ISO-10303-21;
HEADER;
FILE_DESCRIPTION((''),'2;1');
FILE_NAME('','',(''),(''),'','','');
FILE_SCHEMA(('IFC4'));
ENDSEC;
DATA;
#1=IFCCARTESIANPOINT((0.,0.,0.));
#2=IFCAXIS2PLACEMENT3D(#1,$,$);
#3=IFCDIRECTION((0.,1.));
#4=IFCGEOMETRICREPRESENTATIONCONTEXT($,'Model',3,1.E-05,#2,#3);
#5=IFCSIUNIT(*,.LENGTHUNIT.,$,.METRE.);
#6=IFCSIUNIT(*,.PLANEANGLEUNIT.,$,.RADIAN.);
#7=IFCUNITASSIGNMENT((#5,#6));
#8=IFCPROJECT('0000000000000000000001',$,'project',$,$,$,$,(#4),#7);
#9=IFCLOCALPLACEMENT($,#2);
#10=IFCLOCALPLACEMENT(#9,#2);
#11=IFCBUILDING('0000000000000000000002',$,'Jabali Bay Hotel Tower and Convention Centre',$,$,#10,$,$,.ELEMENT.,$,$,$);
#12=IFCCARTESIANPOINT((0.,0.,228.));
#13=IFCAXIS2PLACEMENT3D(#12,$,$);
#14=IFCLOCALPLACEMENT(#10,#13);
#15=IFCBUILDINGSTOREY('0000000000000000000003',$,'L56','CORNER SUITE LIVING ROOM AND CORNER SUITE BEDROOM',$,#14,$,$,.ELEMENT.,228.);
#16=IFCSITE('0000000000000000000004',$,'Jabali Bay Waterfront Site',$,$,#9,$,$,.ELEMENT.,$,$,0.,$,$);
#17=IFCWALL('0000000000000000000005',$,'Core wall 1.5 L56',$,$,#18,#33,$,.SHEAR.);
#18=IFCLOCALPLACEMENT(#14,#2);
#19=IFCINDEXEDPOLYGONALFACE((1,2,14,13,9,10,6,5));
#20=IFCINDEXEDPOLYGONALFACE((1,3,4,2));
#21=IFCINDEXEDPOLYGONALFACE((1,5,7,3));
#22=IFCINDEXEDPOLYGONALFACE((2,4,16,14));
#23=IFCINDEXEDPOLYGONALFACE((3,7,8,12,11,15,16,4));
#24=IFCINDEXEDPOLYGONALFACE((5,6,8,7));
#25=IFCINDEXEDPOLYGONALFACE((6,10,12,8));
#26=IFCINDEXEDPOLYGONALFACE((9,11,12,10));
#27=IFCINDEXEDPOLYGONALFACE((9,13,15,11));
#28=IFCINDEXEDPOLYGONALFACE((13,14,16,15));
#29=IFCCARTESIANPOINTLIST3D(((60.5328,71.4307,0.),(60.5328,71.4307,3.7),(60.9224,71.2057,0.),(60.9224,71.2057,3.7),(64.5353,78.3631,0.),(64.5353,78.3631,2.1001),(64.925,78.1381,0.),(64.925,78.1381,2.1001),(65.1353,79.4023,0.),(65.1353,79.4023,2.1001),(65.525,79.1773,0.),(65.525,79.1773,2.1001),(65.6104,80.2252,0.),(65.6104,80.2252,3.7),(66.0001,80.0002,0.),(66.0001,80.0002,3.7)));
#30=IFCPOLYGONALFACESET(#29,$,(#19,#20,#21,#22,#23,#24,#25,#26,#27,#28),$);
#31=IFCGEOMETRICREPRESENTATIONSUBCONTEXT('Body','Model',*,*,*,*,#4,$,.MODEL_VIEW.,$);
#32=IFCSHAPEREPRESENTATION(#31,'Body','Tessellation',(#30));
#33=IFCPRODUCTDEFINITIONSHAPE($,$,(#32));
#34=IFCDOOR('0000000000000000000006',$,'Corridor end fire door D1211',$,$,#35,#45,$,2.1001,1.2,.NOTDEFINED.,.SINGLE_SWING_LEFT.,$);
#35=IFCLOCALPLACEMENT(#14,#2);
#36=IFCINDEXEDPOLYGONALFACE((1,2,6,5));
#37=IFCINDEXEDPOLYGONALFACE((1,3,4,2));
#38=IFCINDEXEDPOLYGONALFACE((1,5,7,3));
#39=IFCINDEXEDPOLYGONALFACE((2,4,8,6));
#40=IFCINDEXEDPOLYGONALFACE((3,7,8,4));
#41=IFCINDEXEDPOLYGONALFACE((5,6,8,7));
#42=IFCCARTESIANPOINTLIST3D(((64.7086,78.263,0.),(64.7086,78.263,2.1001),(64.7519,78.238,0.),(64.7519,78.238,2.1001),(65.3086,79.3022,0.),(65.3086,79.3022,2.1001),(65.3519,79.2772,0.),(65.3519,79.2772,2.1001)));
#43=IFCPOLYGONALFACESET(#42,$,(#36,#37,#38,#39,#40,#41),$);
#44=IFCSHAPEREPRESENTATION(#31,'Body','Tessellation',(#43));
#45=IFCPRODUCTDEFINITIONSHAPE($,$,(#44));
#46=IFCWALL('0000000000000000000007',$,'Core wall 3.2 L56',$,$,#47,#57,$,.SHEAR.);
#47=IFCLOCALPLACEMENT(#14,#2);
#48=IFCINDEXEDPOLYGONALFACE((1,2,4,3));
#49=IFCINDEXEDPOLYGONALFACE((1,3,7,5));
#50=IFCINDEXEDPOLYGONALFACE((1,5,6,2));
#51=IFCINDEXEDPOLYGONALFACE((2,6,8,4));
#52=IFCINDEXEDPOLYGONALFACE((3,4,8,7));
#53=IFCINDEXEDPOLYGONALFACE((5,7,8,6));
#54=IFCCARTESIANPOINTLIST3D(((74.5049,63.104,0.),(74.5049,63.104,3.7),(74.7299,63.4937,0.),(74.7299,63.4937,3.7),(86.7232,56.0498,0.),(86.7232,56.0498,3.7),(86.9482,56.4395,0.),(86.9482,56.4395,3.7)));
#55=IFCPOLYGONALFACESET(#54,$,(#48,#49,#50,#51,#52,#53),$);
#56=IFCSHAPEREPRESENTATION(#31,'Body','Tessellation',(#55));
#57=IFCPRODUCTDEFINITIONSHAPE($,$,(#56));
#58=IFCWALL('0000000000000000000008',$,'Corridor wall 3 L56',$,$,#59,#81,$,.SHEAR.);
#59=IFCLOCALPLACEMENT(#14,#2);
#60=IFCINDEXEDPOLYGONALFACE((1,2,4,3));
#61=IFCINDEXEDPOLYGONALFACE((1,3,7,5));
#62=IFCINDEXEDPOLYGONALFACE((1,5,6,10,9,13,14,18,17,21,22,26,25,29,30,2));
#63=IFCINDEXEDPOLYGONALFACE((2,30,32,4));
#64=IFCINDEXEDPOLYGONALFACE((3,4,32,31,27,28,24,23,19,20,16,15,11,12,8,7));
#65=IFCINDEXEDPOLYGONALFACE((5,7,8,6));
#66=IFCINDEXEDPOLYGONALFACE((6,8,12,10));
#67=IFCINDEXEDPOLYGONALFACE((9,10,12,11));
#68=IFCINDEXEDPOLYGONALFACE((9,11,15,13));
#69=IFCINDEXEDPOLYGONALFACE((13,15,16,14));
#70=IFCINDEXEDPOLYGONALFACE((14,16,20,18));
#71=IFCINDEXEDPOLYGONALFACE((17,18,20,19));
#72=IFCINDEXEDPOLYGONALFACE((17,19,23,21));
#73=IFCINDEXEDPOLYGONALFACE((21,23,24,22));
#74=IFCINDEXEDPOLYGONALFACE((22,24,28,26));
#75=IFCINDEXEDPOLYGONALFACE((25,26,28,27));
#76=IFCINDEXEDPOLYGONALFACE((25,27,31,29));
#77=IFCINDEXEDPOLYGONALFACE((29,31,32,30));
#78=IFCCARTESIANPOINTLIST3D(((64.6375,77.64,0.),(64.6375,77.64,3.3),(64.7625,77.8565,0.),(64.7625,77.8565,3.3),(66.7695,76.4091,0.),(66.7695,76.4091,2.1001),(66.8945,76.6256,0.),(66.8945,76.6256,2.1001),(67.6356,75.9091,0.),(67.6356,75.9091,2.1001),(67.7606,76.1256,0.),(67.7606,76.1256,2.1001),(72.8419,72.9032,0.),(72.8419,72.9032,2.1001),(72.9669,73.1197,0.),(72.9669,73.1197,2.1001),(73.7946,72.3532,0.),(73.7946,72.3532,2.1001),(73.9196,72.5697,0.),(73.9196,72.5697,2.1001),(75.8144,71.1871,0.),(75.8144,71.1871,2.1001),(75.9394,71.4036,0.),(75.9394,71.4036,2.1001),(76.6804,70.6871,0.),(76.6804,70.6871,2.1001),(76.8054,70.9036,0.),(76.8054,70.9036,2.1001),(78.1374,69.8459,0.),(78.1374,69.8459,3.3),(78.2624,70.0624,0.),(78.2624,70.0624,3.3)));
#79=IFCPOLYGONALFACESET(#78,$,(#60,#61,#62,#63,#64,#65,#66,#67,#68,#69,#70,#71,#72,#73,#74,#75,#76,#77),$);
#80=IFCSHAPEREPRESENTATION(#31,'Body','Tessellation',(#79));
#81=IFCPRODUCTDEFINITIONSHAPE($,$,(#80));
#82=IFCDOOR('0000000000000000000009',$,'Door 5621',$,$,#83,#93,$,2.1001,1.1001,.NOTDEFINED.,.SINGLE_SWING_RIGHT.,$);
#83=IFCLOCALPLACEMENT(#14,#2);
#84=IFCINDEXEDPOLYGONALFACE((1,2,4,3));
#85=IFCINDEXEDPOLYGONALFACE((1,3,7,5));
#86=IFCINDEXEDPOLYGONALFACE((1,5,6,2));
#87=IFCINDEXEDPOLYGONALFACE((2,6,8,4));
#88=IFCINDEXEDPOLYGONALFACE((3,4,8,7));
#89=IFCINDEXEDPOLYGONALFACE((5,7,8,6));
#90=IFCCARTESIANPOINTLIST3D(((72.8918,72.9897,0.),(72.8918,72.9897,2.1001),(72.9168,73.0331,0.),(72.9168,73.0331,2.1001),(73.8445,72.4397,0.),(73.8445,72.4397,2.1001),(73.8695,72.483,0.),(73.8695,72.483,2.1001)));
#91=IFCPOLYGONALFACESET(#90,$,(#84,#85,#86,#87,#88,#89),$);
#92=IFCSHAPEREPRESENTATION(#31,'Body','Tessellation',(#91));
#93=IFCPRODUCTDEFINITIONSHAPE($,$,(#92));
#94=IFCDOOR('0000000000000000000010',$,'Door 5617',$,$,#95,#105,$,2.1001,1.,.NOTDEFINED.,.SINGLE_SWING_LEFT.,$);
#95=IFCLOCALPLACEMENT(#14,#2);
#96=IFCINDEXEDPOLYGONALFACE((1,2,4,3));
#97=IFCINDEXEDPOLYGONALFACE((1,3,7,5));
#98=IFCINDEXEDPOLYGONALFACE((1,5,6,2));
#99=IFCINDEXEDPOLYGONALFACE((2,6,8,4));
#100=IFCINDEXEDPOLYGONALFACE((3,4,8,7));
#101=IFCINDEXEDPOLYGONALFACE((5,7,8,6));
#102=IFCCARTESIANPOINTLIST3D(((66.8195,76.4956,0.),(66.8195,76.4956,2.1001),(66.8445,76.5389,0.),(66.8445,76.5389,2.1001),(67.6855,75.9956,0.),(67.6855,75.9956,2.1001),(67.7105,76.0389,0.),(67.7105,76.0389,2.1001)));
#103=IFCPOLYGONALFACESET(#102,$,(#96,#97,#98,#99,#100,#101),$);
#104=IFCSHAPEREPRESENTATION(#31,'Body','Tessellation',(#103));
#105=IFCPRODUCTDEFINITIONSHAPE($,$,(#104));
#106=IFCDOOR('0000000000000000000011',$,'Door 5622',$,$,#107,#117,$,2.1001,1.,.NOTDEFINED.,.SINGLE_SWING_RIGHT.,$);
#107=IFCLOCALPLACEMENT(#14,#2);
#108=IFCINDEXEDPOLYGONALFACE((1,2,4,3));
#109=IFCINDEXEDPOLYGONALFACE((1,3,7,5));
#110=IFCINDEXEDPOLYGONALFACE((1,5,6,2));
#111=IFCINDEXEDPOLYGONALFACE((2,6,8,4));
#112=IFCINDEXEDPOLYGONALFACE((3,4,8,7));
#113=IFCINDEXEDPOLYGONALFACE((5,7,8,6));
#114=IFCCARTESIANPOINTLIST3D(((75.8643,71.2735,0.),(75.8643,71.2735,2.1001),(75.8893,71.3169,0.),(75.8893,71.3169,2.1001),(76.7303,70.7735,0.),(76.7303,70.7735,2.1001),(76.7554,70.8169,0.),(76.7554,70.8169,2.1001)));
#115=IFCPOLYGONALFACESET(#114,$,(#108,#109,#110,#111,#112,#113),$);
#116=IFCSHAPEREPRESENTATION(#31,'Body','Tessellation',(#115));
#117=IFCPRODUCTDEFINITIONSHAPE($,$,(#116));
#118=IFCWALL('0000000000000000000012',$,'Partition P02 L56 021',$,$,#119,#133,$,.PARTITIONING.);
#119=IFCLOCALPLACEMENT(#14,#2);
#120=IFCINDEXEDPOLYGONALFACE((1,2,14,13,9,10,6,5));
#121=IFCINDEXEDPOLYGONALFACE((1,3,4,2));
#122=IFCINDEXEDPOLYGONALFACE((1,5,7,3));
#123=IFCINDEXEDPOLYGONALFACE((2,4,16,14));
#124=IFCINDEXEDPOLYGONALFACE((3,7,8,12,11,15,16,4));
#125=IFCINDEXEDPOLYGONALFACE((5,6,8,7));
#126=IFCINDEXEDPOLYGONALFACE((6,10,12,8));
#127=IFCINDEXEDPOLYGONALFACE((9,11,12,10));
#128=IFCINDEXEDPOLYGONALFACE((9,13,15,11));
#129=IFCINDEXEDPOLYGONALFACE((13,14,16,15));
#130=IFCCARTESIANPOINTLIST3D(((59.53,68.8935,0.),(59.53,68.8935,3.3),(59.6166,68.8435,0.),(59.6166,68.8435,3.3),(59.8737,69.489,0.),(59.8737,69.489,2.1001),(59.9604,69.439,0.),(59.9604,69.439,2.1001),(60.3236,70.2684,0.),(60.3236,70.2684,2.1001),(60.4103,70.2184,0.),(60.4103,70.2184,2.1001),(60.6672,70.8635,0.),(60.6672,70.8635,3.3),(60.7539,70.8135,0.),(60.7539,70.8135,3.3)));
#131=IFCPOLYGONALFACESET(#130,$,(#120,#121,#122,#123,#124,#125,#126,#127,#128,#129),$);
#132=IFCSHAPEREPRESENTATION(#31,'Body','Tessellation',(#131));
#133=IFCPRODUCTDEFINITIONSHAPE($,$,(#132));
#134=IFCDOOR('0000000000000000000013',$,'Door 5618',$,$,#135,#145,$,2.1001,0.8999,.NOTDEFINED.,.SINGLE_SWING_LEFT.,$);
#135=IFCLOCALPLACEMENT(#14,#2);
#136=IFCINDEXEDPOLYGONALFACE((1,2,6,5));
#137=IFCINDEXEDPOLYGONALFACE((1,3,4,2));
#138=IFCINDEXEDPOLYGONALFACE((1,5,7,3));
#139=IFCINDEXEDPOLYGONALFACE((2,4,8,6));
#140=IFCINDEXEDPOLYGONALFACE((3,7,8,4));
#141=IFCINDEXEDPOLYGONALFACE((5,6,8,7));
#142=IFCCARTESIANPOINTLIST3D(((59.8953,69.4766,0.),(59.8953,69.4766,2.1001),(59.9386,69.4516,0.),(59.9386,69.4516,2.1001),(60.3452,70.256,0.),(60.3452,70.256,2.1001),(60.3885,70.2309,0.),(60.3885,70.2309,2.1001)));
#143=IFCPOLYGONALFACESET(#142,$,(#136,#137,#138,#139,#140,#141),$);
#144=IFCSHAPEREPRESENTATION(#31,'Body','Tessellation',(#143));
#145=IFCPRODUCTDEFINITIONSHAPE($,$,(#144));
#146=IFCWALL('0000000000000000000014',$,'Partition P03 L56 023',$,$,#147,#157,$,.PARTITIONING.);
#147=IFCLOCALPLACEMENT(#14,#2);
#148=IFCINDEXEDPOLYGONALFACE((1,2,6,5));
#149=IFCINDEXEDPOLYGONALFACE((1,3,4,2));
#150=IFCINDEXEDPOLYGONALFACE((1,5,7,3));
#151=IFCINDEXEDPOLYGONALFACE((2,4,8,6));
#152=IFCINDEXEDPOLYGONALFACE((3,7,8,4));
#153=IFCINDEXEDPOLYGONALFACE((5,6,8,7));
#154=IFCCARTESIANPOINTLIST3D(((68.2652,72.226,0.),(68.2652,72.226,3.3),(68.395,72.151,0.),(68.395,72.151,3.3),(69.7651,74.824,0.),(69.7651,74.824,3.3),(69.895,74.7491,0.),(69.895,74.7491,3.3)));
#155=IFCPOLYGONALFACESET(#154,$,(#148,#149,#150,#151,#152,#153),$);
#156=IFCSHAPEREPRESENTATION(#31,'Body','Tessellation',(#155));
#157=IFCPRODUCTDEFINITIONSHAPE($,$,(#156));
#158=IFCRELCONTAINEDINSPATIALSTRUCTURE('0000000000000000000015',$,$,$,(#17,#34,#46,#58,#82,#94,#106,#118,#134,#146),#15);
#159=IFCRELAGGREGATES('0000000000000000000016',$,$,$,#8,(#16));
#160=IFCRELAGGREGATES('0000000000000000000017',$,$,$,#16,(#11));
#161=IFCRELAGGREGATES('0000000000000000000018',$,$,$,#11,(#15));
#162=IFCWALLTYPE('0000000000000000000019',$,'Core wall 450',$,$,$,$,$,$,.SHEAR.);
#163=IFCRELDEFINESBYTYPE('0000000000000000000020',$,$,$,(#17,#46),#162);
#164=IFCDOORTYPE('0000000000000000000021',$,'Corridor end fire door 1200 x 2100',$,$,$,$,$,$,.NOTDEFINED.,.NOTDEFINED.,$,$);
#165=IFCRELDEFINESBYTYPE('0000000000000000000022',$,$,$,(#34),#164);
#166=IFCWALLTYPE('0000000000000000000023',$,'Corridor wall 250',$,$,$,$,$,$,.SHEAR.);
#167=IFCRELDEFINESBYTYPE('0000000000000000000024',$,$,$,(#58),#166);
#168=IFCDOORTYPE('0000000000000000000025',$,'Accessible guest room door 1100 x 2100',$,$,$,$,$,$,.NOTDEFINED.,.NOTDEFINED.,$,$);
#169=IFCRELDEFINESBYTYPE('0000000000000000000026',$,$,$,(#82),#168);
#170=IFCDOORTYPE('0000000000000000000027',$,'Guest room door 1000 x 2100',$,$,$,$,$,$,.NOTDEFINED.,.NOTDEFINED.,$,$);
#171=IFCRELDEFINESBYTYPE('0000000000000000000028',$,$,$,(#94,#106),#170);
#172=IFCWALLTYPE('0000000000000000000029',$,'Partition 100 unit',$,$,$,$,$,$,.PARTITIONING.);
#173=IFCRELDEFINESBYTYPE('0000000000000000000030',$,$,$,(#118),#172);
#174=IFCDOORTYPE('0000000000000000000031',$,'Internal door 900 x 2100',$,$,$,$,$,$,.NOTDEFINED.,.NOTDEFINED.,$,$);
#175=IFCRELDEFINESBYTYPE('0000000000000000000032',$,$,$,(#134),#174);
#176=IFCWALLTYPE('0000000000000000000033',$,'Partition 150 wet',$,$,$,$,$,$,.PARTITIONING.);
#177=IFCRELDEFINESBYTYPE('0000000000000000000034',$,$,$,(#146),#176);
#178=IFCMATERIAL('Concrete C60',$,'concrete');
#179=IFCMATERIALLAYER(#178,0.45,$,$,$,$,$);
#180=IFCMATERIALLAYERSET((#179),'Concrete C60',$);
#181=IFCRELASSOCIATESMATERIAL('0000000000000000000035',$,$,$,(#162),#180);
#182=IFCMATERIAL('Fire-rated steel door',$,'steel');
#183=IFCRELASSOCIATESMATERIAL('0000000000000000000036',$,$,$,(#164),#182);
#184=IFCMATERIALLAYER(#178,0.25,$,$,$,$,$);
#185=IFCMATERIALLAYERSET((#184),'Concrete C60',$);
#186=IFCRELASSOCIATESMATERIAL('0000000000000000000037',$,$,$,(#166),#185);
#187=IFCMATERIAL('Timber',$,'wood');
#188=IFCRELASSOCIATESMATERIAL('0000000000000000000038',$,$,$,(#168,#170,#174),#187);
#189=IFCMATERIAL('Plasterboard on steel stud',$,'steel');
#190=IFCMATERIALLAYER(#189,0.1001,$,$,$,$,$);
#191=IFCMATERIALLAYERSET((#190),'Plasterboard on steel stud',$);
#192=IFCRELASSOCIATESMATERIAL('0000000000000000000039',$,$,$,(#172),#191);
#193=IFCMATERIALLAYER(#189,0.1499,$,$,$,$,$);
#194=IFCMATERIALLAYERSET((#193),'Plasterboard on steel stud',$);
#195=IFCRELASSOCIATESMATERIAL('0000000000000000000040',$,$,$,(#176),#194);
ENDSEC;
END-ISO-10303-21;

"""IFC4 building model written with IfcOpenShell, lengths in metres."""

from ifc_helpers import new_model, si_unit, direction, frame, frame_2d, origin, place, context, subcontext, project, spatial, rectangle, extrude, material, layer, layer_set, type_object, element, fill, save


model = new_model("IFC4")

# Units and contexts
model_context = context("Model", 3, precision=1e-05, world=origin(), true_north=direction((0.0, 1.0)))
body_context = subcontext(model_context, "Body", "Model", "MODEL_VIEW")
ifc_project = project(units=[si_unit("LENGTHUNIT", "METRE"), si_unit("PLANEANGLEUNIT", "RADIAN")], contexts=[model_context])

# Site, building, storey
site_placement = place(None, origin())
site = spatial("IfcSite", under=ifc_project, at=site_placement, Name="Jabali Bay Waterfront Site", CompositionType="ELEMENT", RefElevation=0.0)
building_placement = place(site_placement, origin())
building = spatial("IfcBuilding", under=site, at=building_placement, Name="Jabali Bay Hotel Tower and Convention Centre", CompositionType="ELEMENT")
storey_placement = place(building_placement, frame((0.0, 0.0, 228.0)))
storey = spatial("IfcBuildingStorey", under=building, at=storey_placement, Name="L56", Description="CORNER SUITE LIVING ROOM AND CORNER SUITE BEDROOM", CompositionType="ELEMENT", Elevation=228.0)

# Shared definitions
ifc_material_1 = material(Name="Fire-rated steel door", Category="steel")

# Wall, opening, door
ifc_material_2 = material(Name="Concrete C60", Category="concrete")
ifc_layer_1 = layer(ifc_material_2, 0.45)
ifc_layer_set_1 = layer_set([ifc_layer_1], Name="Concrete C60")
wall_type_1 = type_object("IfcWallType", Name="Core wall 450", PredefinedType="SHEAR", material=ifc_layer_set_1)
wall_1_placement = place(storey_placement, frame((60.7275, 71.3181, 0.0), z_axis=(0.0, 0.0, 1.0), x_axis=(0.500012, 0.866018, 0.0)))
wall_1 = element("IfcWall", 1, at=wall_1_placement, inside=storey, type_object=wall_type_1, Name="Core wall 1.5 L56", PredefinedType="SHEAR", context=body_context, shape_type="SweptSolid", body=[
    extrude(rectangle(XDim=10.155, YDim=0.45, at=frame_2d((5.0776, 0.0))), origin(), (0.0, 0.0, 1.0), 3.7),
])
opening_1_placement = place(wall_1_placement, frame((8.0049, 0.0, 0.0)))
opening_1 = element("IfcOpeningElement", 2, at=opening_1_placement, cuts=wall_1, PredefinedType="OPENING", context=body_context, shape_type="SweptSolid", body=[
    extrude(rectangle(XDim=1.2, YDim=2.1001, at=frame_2d((0.6001, 1.05))), frame((0.0, 0.2354, 0.0), z_axis=(0.0, -1.0, 0.0), x_axis=(1.0, 0.0, 0.0)), (0.0, 0.0, 1.0), 0.4709),
])
door_type_1 = type_object("IfcDoorType", Name="Corridor end fire door 1200 x 2100", OperationType="NOTDEFINED", PredefinedType="NOTDEFINED", material=ifc_material_1)
door_1_placement = place(opening_1_placement, origin())
door_1 = element("IfcDoor", 3, at=door_1_placement, inside=storey, type_object=door_type_1, Name="Corridor end fire door D1211", OperationType="SINGLE_SWING_LEFT", OverallHeight=2.1001, OverallWidth=1.2, PredefinedType="NOTDEFINED", context=body_context, shape_type="SweptSolid", body=[
    extrude(rectangle(XDim=1.2, YDim=2.1001, at=frame_2d((0.6001, 1.05))), frame((0.0, 0.0249, 0.0), z_axis=(0.0, -1.0, 0.0), x_axis=(1.0, 0.0, 0.0)), (0.0, 0.0, 1.0), 0.05),
])
fill(opening_1, door_1)

# Wall
wall_2_placement = place(storey_placement, frame((74.6174, 63.2988, 0.0), z_axis=(0.0, 0.0, 1.0), x_axis=(0.866026, -0.499999, 0.0)))
element("IfcWall", 4, at=wall_2_placement, inside=storey, type_object=wall_type_1, Name="Core wall 3.2 L56", PredefinedType="SHEAR", context=body_context, shape_type="SweptSolid", body=[
    extrude(rectangle(XDim=14.1084, YDim=0.45, at=frame_2d((7.0542, 0.0))), origin(), (0.0, 0.0, 1.0), 3.7),
])

# Wall, openings, doors
ifc_layer_2 = layer(ifc_material_2, 0.25)
ifc_layer_set_2 = layer_set([ifc_layer_2], Name="Concrete C60")
wall_type_2 = type_object("IfcWallType", Name="Corridor wall 250", PredefinedType="SHEAR", material=ifc_layer_set_2)
wall_3_placement = place(storey_placement, frame((64.7, 77.7483, 0.0), z_axis=(0.0, 0.0, 1.0), x_axis=(0.866026, -0.499998, 0.0)))
wall_3 = element("IfcWall", 5, at=wall_3_placement, inside=storey, type_object=wall_type_2, Name="Corridor wall 3 L56", PredefinedType="SHEAR", context=body_context, shape_type="SweptSolid", body=[
    extrude(rectangle(XDim=15.5884, YDim=0.25, at=frame_2d((7.7942, 0.0))), origin(), (0.0, 0.0, 1.0), 3.3),
])
opening_2_placement = place(wall_3_placement, frame((2.4619, 0.0, 0.0)))
opening_2 = element("IfcOpeningElement", 6, at=opening_2_placement, cuts=wall_3, PredefinedType="OPENING", context=body_context, shape_type="SweptSolid", body=[
    extrude(rectangle(XDim=1.0, YDim=2.1001, at=frame_2d((0.5, 1.05))), frame((0.0, 0.1355, 0.0), z_axis=(0.0, -1.0, 0.0), x_axis=(1.0, 0.0, 0.0)), (0.0, 0.0, 1.0), 0.271),
])
opening_3_placement = place(wall_3_placement, frame((9.4736, 0.0, 0.0)))
opening_3 = element("IfcOpeningElement", 7, at=opening_3_placement, cuts=wall_3, PredefinedType="OPENING", context=body_context, shape_type="SweptSolid", body=[
    extrude(rectangle(XDim=1.1001, YDim=2.1001, at=frame_2d((0.55, 1.05))), frame((0.0, 0.1355, 0.0), z_axis=(0.0, -1.0, 0.0), x_axis=(1.0, 0.0, 0.0)), (0.0, 0.0, 1.0), 0.271),
])
opening_4_placement = place(wall_3_placement, frame((12.906, 0.0, 0.0)))
opening_4 = element("IfcOpeningElement", 8, at=opening_4_placement, cuts=wall_3, PredefinedType="OPENING", context=body_context, shape_type="SweptSolid", body=[
    extrude(rectangle(XDim=1.0, YDim=2.1001, at=frame_2d((0.5, 1.05))), frame((0.0, 0.1355, 0.0), z_axis=(0.0, -1.0, 0.0), x_axis=(1.0, 0.0, 0.0)), (0.0, 0.0, 1.0), 0.271),
])
ifc_material_3 = material(Name="Timber", Category="wood")
door_type_2 = type_object("IfcDoorType", Name="Accessible guest room door 1100 x 2100", OperationType="NOTDEFINED", PredefinedType="NOTDEFINED", material=ifc_material_3)
door_2_placement = place(opening_3_placement, origin())
door_2 = element("IfcDoor", 9, at=door_2_placement, inside=storey, type_object=door_type_2, Name="Door 5621", OperationType="SINGLE_SWING_RIGHT", OverallHeight=2.1001, OverallWidth=1.1001, PredefinedType="NOTDEFINED", context=body_context, shape_type="SweptSolid", body=[
    extrude(rectangle(XDim=1.1001, YDim=2.1001, at=frame_2d((0.55, 1.05))), frame((0.0, 0.0249, 0.0), z_axis=(0.0, -1.0, 0.0), x_axis=(1.0, 0.0, 0.0)), (0.0, 0.0, 1.0), 0.05),
])
fill(opening_3, door_2)
door_type_3 = type_object("IfcDoorType", Name="Guest room door 1000 x 2100", OperationType="NOTDEFINED", PredefinedType="NOTDEFINED", material=ifc_material_3)
door_3_placement = place(opening_2_placement, origin())
door_3 = element("IfcDoor", 10, at=door_3_placement, inside=storey, type_object=door_type_3, Name="Door 5617", OperationType="SINGLE_SWING_LEFT", OverallHeight=2.1001, OverallWidth=1.0, PredefinedType="NOTDEFINED", context=body_context, shape_type="SweptSolid", body=[
    extrude(rectangle(XDim=1.0, YDim=2.1001, at=frame_2d((0.5, 1.05))), frame((0.0, 0.0249, 0.0), z_axis=(0.0, -1.0, 0.0), x_axis=(1.0, 0.0, 0.0)), (0.0, 0.0, 1.0), 0.05),
])
fill(opening_2, door_3)
door_4_placement = place(opening_4_placement, origin())
door_4 = element("IfcDoor", 11, at=door_4_placement, inside=storey, type_object=door_type_3, Name="Door 5622", OperationType="SINGLE_SWING_RIGHT", OverallHeight=2.1001, OverallWidth=1.0, PredefinedType="NOTDEFINED", context=body_context, shape_type="SweptSolid", body=[
    extrude(rectangle(XDim=1.0, YDim=2.1001, at=frame_2d((0.5, 1.05))), frame((0.0, 0.0249, 0.0), z_axis=(0.0, -1.0, 0.0), x_axis=(1.0, 0.0, 0.0)), (0.0, 0.0, 1.0), 0.05),
])
fill(opening_4, door_4)

# Wall, opening, door
ifc_material_4 = material(Name="Plasterboard on steel stud", Category="steel")
ifc_layer_3 = layer(ifc_material_4, 0.1001)
ifc_layer_set_3 = layer_set([ifc_layer_3], Name="Plasterboard on steel stud")
wall_type_3 = type_object("IfcWallType", Name="Partition 100 unit", PredefinedType="PARTITIONING", material=ifc_layer_set_3)
wall_4_placement = place(storey_placement, frame((60.7104, 70.8384, 0.0), z_axis=(0.0, 0.0, 1.0), x_axis=(-0.499949, -0.866055, 0.0)))
wall_4 = element("IfcWall", 12, at=wall_4_placement, inside=storey, type_object=wall_type_3, Name="Partition P02 L56 021", PredefinedType="PARTITIONING", context=body_context, shape_type="SweptSolid", body=[
    extrude(rectangle(XDim=2.2747, YDim=0.1001, at=frame_2d((1.1372, 0.0))), origin(), (0.0, 0.0, 1.0), 3.3),
])
opening_5_placement = place(wall_4_placement, frame((0.687, 0.0, 0.0)))
opening_5 = element("IfcOpeningElement", 13, at=opening_5_placement, cuts=wall_4, PredefinedType="OPENING", context=body_context, shape_type="SweptSolid", body=[
    extrude(rectangle(XDim=0.8999, YDim=2.1001, at=frame_2d((0.45, 1.05))), frame((0.0, 0.0605, 0.0), z_axis=(0.0, -1.0, 0.0), x_axis=(1.0, 0.0, 0.0)), (0.0, 0.0, 1.0), 0.1211),
])
door_type_4 = type_object("IfcDoorType", Name="Internal door 900 x 2100", OperationType="NOTDEFINED", PredefinedType="NOTDEFINED", material=ifc_material_3)
door_5_placement = place(opening_5_placement, origin())
door_5 = element("IfcDoor", 14, at=door_5_placement, inside=storey, type_object=door_type_4, Name="Door 5618", OperationType="SINGLE_SWING_LEFT", OverallHeight=2.1001, OverallWidth=0.8999, PredefinedType="NOTDEFINED", context=body_context, shape_type="SweptSolid", body=[
    extrude(rectangle(XDim=0.8999, YDim=2.1001, at=frame_2d((0.45, 1.05))), frame((0.0, 0.0249, 0.0), z_axis=(0.0, -1.0, 0.0), x_axis=(1.0, 0.0, 0.0)), (0.0, 0.0, 1.0), 0.05),
])
fill(opening_5, door_5)

# Wall
ifc_layer_4 = layer(ifc_material_4, 0.1499)
ifc_layer_set_4 = layer_set([ifc_layer_4], Name="Plasterboard on steel stud")
wall_type_4 = type_object("IfcWallType", Name="Partition 150 wet", PredefinedType="PARTITIONING", material=ifc_layer_set_4)
wall_5_placement = place(storey_placement, frame((68.3301, 72.1885, 0.0), z_axis=(0.0, 0.0, 1.0), x_axis=(0.49999, 0.866031, 0.0)))
element("IfcWall", 15, at=wall_5_placement, inside=storey, type_object=wall_type_4, Name="Partition P03 L56 023", PredefinedType="PARTITIONING", context=body_context, shape_type="SweptSolid", body=[
    extrude(rectangle(XDim=3.0, YDim=0.1499, at=frame_2d((1.5, 0.0))), origin(), (0.0, 0.0, 1.0), 3.3),
])

save(model, "model.ifc")
